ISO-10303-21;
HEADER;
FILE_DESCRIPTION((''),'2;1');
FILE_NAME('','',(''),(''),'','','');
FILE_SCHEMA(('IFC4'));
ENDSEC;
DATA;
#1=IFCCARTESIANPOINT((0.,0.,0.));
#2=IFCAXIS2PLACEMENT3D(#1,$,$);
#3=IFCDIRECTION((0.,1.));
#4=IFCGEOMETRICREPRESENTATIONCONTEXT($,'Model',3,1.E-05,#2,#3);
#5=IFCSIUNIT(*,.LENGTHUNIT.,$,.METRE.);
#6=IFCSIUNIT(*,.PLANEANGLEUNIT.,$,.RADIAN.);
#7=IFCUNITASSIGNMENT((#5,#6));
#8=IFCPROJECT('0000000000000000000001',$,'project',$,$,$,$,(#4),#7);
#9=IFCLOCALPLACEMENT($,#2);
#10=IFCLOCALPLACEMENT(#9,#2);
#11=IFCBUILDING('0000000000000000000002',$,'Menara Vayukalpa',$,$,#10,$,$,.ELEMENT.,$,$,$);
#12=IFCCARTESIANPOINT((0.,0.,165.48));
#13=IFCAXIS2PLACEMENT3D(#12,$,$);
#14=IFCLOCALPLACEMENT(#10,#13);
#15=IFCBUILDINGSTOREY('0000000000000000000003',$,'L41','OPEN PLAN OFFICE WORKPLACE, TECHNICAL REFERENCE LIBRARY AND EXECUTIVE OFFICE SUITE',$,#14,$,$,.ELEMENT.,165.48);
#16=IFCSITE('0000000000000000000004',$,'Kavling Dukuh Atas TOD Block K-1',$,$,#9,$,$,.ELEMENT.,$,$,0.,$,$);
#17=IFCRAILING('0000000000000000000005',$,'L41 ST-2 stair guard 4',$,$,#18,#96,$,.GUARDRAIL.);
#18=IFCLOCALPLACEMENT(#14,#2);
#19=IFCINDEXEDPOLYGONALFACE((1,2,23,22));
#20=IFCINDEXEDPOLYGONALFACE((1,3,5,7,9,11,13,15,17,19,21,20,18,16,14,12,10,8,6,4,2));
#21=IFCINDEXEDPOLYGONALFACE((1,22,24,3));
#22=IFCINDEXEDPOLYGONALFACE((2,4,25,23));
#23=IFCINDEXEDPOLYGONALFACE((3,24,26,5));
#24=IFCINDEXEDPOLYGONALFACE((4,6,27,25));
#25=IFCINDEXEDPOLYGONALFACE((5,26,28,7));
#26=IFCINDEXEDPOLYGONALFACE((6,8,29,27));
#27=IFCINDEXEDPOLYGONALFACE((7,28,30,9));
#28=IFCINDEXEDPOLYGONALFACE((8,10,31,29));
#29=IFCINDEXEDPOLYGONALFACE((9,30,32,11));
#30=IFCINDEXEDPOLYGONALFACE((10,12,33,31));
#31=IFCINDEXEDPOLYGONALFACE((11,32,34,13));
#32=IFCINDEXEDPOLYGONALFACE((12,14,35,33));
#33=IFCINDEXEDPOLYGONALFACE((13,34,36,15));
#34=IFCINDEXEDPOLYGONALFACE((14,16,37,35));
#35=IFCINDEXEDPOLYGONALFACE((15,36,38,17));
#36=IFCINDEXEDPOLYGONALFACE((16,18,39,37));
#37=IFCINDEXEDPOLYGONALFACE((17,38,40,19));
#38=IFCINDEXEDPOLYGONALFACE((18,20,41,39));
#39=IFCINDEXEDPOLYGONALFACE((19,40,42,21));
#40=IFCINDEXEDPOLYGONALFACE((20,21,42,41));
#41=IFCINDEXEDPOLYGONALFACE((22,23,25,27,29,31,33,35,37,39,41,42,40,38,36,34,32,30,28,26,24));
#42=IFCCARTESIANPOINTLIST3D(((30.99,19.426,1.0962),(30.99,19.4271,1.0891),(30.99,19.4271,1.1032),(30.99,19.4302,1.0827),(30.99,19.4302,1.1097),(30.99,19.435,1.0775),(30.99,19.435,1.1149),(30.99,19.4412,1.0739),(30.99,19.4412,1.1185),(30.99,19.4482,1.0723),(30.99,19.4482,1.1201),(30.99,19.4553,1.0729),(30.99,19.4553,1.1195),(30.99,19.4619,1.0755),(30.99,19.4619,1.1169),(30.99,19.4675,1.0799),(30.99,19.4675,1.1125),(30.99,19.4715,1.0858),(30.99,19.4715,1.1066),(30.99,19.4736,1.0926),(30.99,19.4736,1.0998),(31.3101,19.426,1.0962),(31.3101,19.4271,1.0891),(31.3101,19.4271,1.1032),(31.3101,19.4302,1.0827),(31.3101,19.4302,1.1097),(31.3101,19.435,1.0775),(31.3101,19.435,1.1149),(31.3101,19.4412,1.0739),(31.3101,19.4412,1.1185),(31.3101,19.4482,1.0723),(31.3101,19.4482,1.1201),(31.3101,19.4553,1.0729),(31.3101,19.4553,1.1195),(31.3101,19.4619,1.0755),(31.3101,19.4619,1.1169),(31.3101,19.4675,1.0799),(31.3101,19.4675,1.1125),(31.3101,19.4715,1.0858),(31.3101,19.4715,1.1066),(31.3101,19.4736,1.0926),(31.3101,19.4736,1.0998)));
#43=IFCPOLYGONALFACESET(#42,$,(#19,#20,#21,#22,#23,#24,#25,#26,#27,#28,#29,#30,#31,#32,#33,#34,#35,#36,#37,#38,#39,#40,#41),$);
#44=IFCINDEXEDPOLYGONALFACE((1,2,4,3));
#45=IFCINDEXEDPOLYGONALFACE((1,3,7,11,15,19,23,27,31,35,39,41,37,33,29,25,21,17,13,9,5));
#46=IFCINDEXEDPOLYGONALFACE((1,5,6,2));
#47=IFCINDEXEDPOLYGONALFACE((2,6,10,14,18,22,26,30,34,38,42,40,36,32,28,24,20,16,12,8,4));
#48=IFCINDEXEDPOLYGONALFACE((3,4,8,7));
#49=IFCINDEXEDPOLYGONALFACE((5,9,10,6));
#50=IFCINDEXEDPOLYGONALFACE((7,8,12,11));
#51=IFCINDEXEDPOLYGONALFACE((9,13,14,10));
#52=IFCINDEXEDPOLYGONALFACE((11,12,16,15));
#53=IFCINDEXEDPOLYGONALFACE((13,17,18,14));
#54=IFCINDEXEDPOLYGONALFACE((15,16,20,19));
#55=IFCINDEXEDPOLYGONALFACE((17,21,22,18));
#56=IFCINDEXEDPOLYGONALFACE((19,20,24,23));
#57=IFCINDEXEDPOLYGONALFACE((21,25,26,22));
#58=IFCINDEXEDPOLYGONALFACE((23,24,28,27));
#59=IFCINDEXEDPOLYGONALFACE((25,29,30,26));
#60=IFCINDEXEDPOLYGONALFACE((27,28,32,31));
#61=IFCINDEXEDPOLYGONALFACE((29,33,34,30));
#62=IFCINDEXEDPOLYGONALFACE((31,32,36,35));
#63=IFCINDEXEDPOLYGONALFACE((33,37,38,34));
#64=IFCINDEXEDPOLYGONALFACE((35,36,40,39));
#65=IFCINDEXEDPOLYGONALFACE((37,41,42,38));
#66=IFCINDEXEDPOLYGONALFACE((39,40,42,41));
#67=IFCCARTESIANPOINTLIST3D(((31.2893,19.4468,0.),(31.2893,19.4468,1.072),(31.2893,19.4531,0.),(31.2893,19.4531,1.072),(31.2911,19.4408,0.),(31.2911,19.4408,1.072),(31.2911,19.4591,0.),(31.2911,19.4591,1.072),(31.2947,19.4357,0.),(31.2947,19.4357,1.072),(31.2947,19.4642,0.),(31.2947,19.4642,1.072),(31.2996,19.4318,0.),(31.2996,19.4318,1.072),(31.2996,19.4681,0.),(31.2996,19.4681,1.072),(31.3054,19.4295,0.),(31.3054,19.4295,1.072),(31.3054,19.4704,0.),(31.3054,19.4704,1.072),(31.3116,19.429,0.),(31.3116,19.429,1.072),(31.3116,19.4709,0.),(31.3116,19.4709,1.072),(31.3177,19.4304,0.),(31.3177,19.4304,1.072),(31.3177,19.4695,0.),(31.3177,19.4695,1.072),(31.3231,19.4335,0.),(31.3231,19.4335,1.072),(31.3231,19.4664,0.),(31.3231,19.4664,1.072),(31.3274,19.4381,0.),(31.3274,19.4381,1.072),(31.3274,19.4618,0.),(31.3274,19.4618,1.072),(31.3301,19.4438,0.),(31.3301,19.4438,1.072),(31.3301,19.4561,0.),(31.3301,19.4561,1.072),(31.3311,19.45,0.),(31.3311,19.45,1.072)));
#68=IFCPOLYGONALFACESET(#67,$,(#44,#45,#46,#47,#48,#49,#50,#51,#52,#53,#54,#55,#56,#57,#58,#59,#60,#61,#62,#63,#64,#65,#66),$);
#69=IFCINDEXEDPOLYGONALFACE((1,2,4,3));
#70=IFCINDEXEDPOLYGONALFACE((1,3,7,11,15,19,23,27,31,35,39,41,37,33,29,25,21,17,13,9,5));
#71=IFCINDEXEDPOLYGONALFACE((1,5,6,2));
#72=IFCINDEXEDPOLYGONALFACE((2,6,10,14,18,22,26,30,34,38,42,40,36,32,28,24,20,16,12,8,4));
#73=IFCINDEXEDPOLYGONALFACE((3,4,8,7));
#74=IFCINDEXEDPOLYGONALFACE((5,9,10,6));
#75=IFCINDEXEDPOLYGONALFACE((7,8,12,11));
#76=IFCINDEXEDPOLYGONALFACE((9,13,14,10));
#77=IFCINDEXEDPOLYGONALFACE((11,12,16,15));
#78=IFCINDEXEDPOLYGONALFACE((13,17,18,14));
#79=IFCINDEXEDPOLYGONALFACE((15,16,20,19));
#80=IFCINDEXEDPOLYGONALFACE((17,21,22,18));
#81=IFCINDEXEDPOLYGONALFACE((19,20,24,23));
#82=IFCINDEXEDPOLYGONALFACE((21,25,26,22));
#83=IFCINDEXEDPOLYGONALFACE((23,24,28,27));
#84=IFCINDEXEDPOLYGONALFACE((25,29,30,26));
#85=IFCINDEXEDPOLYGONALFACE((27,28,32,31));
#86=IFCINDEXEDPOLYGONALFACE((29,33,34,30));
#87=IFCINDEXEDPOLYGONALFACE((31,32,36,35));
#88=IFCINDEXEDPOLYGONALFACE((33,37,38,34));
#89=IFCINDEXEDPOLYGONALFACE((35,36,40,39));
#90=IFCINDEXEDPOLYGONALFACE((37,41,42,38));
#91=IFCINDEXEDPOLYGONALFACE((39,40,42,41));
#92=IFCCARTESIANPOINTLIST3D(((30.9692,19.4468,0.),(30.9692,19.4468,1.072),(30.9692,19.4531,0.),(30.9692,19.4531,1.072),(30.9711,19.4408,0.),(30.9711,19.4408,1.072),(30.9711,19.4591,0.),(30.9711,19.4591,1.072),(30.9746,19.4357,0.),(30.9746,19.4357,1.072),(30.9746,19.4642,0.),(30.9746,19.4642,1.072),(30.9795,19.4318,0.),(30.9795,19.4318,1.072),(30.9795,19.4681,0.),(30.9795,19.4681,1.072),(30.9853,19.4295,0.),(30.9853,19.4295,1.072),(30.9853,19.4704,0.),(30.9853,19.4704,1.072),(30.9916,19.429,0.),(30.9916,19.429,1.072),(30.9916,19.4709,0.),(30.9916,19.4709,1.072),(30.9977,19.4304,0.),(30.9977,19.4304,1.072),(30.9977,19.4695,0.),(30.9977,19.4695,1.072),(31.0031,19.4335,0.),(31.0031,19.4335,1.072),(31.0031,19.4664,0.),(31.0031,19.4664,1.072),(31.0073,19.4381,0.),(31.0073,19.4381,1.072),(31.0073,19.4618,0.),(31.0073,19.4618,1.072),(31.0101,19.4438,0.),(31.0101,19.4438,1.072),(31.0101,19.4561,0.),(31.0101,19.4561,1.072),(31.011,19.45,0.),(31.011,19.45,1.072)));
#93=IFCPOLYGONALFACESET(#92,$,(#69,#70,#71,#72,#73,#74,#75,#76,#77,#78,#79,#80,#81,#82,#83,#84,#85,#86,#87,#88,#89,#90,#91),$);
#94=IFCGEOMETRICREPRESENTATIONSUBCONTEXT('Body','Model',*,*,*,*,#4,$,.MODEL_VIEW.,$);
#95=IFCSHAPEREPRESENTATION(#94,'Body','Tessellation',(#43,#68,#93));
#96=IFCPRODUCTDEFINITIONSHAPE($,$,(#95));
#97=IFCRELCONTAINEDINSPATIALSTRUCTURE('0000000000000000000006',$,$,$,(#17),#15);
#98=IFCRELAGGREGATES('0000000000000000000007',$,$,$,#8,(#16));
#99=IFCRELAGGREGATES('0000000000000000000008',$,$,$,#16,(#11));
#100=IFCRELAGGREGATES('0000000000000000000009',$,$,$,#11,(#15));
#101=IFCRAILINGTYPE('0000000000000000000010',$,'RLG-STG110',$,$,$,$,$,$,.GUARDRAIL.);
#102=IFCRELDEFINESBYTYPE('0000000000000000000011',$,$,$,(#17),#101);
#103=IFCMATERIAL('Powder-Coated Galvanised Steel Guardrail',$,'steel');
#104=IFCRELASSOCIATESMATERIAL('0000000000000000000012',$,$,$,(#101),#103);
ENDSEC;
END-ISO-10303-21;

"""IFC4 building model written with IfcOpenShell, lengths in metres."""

from ifc_helpers import new_model, si_unit, direction, frame, origin, origin_2d, place, context, subcontext, project, spatial, circle, extrude, material, type_object, element, save


model = new_model("IFC4")

# Units and contexts
model_context = context("Model", 3, precision=1e-05, world=origin(), true_north=direction((0.0, 1.0)))
body_context = subcontext(model_context, "Body", "Model", "MODEL_VIEW")
ifc_project = project(units=[si_unit("LENGTHUNIT", "METRE"), si_unit("PLANEANGLEUNIT", "RADIAN")], contexts=[model_context])

# Site, building, storey
site_placement = place(None, origin())
site = spatial("IfcSite", under=ifc_project, at=site_placement, Name="Kavling Dukuh Atas TOD Block K-1", CompositionType="ELEMENT", RefElevation=0.0)
building_placement = place(site_placement, origin())
building = spatial("IfcBuilding", under=site, at=building_placement, Name="Menara Vayukalpa", CompositionType="ELEMENT")
storey_placement = place(building_placement, frame((0.0, 0.0, 165.48)))
storey = spatial("IfcBuildingStorey", under=building, at=storey_placement, Name="L41", Description="OPEN PLAN OFFICE WORKPLACE, TECHNICAL REFERENCE LIBRARY AND EXECUTIVE OFFICE SUITE", CompositionType="ELEMENT", Elevation=165.48)

# Railing
ifc_material_1 = material(Name="Powder-Coated Galvanised Steel Guardrail", Category="steel")
railing_type = type_object("IfcRailingType", Name="RLG-STG110", PredefinedType="GUARDRAIL", material=ifc_material_1)
railing_1_placement = place(storey_placement, frame((31.3101, 19.45, 0.0)))
element("IfcRailing", 1, at=railing_1_placement, inside=storey, type_object=railing_type, Name="L41 ST-2 stair guard 4", PredefinedType="GUARDRAIL", context=body_context, shape_type="SweptSolid", body=[
    extrude(circle(Radius=0.0239, at=origin_2d()), frame((0.0, 0.0, 1.0962), z_axis=(-1.0, 0.0, 0.0), x_axis=(0.0, -1.0, 0.0)), (0.0, 0.0, 1.0), 0.3201),
    extrude(circle(Radius=0.021, at=origin_2d()), origin(), (0.0, 0.0, 1.0), 1.072),
    extrude(circle(Radius=0.021, at=origin_2d()), frame((-0.3201, 0.0, 0.0)), (0.0, 0.0, 1.0), 1.072),
])

save(model, "model.ifc")
